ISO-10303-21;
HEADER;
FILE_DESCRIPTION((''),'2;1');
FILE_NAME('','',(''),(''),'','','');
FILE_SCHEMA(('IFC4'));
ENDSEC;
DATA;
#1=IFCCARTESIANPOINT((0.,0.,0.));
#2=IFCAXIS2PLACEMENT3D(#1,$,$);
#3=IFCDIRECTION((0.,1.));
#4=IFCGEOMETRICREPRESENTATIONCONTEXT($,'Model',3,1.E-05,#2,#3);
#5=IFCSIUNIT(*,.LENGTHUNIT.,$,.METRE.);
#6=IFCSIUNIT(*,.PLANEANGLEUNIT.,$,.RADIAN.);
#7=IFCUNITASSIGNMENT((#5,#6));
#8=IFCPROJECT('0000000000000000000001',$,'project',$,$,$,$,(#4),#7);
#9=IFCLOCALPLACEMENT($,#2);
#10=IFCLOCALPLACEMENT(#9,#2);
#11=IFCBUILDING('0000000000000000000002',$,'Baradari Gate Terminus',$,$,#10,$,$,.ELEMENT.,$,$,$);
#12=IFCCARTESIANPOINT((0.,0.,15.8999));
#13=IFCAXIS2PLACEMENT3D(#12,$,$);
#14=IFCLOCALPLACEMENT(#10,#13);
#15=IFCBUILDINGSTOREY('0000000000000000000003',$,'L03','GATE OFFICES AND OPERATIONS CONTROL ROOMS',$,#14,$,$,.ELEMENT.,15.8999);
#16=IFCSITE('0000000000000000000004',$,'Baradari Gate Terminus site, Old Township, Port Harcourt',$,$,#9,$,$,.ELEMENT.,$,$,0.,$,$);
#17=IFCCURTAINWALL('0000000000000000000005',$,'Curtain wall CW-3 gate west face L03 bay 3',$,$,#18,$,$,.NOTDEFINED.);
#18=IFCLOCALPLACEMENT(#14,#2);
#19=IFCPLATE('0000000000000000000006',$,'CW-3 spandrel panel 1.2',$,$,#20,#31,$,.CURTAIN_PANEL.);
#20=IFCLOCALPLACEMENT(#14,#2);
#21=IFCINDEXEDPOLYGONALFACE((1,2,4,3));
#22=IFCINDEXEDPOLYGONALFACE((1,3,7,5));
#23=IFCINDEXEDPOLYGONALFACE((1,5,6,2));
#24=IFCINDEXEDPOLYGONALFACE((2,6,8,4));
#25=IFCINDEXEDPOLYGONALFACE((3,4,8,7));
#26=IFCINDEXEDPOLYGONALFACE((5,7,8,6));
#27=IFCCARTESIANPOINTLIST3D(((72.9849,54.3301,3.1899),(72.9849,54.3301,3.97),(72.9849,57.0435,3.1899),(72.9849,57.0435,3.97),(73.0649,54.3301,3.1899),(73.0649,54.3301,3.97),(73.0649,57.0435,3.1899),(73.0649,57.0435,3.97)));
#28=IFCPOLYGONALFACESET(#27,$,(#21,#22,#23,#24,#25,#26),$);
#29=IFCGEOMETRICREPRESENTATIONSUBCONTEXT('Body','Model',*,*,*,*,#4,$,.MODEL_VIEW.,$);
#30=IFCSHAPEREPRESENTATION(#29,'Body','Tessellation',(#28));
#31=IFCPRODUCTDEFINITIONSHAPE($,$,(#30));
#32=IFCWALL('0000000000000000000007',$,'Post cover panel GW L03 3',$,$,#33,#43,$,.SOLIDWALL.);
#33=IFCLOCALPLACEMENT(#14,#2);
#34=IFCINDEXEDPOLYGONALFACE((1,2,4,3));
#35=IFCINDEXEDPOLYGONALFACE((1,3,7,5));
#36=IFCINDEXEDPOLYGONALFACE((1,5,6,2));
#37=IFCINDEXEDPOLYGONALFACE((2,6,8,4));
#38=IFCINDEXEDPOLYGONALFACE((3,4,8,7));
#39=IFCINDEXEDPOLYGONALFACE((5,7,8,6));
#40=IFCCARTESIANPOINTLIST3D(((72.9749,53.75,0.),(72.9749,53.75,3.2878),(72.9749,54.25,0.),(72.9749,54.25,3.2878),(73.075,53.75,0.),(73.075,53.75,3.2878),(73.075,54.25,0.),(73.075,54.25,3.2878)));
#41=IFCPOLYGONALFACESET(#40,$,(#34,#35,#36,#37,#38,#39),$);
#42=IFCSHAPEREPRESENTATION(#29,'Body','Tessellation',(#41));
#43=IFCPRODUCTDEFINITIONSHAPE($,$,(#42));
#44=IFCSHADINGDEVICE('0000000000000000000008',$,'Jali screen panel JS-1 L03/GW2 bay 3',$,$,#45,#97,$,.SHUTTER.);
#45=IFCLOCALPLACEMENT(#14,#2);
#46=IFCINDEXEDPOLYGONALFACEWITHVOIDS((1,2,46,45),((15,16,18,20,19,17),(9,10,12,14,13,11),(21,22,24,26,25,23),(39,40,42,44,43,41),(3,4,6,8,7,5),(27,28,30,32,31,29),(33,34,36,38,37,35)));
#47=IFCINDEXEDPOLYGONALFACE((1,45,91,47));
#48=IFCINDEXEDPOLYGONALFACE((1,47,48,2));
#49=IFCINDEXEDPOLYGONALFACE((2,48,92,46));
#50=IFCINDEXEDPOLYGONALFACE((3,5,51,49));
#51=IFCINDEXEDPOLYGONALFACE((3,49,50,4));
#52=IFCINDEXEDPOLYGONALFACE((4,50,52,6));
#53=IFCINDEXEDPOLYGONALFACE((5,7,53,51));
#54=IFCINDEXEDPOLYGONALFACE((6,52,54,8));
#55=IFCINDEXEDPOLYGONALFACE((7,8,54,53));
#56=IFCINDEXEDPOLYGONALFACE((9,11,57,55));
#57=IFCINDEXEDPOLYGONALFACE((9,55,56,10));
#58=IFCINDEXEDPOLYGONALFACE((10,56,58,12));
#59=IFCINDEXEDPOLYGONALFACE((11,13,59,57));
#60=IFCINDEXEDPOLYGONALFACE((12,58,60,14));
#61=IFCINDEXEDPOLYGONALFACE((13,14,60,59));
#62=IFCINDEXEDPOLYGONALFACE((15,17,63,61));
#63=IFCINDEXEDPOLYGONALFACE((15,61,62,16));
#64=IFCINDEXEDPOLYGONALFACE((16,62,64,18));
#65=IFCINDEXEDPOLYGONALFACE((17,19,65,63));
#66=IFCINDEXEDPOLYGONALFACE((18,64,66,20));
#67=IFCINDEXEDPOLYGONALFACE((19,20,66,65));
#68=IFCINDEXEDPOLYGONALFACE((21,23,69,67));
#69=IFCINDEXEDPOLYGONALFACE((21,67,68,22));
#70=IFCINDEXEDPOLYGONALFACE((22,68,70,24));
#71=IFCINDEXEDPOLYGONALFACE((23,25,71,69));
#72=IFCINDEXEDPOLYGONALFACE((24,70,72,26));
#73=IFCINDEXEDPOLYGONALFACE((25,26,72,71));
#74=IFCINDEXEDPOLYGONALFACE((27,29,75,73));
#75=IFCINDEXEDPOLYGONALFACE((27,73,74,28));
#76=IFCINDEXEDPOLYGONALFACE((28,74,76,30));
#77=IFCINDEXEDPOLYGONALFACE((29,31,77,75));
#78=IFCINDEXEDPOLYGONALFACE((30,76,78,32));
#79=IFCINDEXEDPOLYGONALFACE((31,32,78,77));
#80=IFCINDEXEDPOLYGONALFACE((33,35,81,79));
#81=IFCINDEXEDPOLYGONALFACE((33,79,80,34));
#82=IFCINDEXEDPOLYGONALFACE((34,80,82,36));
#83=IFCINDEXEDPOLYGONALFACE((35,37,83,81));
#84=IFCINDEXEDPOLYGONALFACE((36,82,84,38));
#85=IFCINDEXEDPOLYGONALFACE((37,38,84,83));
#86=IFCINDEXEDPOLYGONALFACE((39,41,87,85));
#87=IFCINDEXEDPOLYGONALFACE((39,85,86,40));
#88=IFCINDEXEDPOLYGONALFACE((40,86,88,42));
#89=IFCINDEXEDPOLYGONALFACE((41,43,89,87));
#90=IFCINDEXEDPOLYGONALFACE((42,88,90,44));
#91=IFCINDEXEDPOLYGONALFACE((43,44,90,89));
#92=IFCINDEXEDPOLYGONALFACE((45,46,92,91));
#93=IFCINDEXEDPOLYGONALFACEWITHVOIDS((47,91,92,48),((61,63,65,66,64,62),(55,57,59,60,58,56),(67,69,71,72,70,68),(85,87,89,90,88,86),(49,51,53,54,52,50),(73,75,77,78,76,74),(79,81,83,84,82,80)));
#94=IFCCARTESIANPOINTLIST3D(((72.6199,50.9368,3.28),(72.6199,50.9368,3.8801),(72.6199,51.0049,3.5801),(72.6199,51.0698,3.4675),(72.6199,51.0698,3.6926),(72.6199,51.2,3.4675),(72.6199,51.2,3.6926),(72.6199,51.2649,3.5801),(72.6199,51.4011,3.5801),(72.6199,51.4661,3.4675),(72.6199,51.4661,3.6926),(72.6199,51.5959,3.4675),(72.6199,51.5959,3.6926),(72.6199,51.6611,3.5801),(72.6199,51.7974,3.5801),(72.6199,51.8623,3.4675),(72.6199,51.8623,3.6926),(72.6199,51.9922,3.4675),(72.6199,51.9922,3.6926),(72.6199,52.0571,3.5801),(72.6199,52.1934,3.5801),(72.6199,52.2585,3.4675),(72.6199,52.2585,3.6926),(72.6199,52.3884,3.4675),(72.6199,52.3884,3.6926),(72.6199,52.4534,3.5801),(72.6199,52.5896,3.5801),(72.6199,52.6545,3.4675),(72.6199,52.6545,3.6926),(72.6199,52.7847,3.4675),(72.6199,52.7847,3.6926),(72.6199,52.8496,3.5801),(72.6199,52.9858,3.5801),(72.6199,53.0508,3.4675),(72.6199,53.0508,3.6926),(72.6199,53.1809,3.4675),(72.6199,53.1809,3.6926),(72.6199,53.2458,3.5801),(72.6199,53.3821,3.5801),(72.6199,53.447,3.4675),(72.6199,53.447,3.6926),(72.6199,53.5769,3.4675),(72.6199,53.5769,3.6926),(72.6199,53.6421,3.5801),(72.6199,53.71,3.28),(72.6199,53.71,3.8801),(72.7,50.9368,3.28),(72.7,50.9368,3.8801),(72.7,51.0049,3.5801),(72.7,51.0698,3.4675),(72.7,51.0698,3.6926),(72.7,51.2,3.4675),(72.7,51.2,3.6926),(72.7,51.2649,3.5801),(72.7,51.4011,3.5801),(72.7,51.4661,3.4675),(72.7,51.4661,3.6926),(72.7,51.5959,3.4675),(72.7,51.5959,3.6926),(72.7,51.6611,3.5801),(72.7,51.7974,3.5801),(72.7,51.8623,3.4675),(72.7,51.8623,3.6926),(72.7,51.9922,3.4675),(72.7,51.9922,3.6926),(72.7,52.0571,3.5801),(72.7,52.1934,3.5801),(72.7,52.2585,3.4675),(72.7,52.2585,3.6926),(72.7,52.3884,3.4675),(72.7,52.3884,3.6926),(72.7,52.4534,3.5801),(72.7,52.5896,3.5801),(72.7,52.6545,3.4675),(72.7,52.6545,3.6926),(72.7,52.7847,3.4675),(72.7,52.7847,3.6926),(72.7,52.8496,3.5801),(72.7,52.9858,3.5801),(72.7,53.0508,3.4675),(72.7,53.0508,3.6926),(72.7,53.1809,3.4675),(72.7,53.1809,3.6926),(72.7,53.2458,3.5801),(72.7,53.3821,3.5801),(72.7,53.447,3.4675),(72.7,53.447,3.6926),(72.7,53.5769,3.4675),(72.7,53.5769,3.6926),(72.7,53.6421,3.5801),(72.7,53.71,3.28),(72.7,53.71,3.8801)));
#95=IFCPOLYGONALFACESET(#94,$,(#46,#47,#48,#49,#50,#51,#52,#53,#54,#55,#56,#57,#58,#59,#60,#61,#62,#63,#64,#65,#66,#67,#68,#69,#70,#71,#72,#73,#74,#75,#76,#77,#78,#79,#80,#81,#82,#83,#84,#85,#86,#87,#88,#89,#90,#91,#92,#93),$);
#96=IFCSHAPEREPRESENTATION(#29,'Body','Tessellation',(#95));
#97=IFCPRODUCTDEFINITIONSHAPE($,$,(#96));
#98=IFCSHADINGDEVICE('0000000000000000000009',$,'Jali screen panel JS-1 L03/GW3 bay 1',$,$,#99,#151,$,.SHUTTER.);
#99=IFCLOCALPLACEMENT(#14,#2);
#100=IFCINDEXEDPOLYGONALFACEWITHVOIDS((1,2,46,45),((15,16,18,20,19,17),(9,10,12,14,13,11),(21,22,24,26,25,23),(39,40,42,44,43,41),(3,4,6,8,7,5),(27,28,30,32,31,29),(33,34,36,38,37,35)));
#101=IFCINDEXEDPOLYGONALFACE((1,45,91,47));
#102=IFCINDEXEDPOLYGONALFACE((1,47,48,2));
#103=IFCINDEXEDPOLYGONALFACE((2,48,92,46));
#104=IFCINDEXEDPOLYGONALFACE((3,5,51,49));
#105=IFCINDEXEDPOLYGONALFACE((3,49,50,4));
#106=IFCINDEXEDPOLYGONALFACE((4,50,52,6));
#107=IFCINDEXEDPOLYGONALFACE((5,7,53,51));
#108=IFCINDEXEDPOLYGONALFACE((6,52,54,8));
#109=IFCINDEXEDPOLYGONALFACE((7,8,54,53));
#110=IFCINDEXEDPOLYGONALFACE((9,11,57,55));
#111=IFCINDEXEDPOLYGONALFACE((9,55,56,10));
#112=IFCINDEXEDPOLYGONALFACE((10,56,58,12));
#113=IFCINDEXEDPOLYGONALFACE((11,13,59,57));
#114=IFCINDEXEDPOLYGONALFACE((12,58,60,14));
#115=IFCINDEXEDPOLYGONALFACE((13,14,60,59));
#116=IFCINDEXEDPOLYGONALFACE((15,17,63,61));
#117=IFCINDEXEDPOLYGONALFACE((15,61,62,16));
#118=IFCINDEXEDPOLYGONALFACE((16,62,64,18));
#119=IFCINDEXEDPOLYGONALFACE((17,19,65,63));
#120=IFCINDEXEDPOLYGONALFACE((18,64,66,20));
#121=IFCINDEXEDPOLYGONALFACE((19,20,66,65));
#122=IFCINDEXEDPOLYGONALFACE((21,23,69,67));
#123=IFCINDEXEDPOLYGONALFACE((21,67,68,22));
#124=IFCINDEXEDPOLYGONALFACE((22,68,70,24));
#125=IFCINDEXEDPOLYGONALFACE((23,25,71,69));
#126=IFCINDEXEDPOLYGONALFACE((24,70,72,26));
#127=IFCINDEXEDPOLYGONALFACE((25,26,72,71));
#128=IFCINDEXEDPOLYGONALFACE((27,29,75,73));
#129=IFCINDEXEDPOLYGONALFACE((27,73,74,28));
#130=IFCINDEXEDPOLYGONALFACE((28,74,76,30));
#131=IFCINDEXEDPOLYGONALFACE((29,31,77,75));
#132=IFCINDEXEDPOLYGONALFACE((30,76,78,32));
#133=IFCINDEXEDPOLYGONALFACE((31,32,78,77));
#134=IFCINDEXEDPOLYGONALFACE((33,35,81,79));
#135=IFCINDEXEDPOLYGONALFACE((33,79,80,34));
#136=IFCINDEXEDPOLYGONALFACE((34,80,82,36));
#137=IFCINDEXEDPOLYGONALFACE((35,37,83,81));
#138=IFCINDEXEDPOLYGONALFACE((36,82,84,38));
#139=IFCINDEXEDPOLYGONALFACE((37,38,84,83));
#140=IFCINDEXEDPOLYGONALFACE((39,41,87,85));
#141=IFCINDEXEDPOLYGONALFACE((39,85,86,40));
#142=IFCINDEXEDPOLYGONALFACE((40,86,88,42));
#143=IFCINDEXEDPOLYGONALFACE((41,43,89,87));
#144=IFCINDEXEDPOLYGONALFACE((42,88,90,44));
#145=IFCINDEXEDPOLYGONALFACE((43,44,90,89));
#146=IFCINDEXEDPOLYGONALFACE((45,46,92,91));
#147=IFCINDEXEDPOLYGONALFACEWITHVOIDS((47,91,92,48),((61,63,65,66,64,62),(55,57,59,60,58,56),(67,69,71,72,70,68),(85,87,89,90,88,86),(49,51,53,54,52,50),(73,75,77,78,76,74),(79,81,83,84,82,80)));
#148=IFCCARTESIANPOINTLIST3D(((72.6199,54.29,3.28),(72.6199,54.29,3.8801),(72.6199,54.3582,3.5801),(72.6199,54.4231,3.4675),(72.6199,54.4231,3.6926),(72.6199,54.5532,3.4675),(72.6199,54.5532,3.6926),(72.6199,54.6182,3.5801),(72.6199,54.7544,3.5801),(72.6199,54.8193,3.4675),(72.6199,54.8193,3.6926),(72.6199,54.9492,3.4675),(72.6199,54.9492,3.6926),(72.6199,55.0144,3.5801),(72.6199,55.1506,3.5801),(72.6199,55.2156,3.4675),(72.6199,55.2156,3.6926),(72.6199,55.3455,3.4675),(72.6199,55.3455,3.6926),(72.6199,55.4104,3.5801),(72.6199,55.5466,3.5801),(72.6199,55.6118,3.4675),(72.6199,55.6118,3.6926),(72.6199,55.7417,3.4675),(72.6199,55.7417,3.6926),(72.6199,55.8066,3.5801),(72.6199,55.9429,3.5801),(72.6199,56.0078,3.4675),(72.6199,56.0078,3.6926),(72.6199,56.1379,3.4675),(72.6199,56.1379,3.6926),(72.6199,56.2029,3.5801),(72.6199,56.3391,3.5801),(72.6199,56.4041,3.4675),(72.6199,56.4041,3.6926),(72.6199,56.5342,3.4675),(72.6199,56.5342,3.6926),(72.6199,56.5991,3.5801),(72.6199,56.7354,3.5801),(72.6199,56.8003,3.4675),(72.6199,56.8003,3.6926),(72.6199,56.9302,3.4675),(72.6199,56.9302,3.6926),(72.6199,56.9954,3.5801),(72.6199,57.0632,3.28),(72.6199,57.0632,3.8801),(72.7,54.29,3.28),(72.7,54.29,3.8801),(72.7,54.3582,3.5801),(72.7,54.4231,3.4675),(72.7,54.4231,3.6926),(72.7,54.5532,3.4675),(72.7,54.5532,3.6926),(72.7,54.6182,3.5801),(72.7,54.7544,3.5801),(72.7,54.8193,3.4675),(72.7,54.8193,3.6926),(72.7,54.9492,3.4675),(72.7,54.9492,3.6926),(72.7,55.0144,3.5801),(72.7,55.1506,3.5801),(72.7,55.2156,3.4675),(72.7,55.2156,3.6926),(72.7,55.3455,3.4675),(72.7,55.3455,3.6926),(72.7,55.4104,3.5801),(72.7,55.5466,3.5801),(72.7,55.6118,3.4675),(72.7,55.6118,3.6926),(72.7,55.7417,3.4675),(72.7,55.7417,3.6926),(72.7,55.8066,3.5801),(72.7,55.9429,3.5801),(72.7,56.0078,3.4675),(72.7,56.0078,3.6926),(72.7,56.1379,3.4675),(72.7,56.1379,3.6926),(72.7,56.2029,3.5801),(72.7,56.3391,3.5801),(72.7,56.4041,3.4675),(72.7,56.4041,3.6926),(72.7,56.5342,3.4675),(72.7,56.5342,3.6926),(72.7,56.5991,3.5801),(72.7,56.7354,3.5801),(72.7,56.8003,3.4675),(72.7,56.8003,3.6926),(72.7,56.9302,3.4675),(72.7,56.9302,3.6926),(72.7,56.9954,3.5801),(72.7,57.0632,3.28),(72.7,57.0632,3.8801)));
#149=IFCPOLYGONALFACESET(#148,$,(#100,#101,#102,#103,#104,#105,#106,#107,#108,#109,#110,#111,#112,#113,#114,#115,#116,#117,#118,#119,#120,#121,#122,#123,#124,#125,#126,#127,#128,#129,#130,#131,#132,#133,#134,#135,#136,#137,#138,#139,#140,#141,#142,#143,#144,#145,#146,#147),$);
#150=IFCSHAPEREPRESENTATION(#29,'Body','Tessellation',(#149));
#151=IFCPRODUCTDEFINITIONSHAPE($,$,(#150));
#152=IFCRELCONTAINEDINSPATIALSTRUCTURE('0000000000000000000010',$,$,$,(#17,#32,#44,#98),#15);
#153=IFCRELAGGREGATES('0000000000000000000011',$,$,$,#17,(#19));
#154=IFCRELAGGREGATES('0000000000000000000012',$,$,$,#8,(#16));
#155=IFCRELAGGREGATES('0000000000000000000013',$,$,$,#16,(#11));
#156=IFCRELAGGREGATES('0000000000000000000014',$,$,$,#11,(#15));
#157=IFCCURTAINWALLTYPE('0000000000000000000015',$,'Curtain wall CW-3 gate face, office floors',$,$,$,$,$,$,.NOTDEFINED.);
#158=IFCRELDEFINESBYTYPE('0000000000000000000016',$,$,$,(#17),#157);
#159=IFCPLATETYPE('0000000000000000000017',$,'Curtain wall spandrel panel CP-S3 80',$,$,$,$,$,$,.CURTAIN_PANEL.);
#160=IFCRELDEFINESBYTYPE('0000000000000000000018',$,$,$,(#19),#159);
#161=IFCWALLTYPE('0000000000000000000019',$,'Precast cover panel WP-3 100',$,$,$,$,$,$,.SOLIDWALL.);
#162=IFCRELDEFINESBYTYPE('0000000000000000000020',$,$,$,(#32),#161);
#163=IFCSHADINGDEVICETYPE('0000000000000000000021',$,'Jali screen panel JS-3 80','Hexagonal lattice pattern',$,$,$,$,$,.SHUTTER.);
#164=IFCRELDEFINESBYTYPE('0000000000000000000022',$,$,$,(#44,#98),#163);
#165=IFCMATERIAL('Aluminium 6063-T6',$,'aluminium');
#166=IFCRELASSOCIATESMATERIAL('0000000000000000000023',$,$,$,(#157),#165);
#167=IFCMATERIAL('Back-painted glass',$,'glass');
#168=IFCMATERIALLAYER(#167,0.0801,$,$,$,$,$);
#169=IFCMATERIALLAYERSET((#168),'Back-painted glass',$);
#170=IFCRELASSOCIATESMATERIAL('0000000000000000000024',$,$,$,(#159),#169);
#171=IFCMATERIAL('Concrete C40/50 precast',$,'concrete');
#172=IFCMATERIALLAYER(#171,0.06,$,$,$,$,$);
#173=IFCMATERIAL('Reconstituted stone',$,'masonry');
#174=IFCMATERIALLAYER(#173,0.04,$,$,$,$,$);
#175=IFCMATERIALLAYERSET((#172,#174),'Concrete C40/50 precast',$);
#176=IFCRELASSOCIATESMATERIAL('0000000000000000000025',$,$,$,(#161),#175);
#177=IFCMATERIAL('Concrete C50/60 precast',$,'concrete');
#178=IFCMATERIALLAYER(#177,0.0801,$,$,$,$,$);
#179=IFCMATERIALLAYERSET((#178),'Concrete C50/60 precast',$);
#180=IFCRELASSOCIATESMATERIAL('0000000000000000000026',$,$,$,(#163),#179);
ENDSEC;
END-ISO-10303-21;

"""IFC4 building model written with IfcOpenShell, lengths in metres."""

from ifc_helpers import new_model, si_unit, direction, frame, frame_2d, origin, origin_2d, place, context, subcontext, project, spatial, polyline, rectangle, outline, extrude, material, layer, layer_set, type_object, element, aggregate, save


model = new_model("IFC4")

# Units and contexts
model_context = context("Model", 3, precision=1e-05, world=origin(), true_north=direction((0.0, 1.0)))
body_context = subcontext(model_context, "Body", "Model", "MODEL_VIEW")
ifc_project = project(units=[si_unit("LENGTHUNIT", "METRE"), si_unit("PLANEANGLEUNIT", "RADIAN")], contexts=[model_context])

# Site, building, storey
site_placement = place(None, origin())
site = spatial("IfcSite", under=ifc_project, at=site_placement, Name="Baradari Gate Terminus site, Old Township, Port Harcourt", CompositionType="ELEMENT", RefElevation=0.0)
building_placement = place(site_placement, origin())
building = spatial("IfcBuilding", under=site, at=building_placement, Name="Baradari Gate Terminus", CompositionType="ELEMENT")
storey_placement = place(building_placement, frame((0.0, 0.0, 15.8999)))
storey = spatial("IfcBuildingStorey", under=building, at=storey_placement, Name="L03", Description="GATE OFFICES AND OPERATIONS CONTROL ROOMS", CompositionType="ELEMENT", Elevation=15.8999)

# Curtain wall
ifc_material_1 = material(Name="Aluminium 6063-T6", Category="aluminium")
curtain_wall_type = type_object("IfcCurtainWallType", Name="Curtain wall CW-3 gate face, office floors", PredefinedType="NOTDEFINED", material=ifc_material_1)
curtain_wall_1_placement = place(storey_placement, origin())
curtain_wall_1 = element("IfcCurtainWall", 1, at=curtain_wall_1_placement, inside=storey, type_object=curtain_wall_type, Name="Curtain wall CW-3 gate west face L03 bay 3", PredefinedType="NOTDEFINED")

# Plate
ifc_material_2 = material(Name="Back-painted glass", Category="glass")
ifc_layer_1 = layer(ifc_material_2, 0.0801)
ifc_layer_set_1 = layer_set([ifc_layer_1], Name="Back-painted glass")
plate_type_1 = type_object("IfcPlateType", Name="Curtain wall spandrel panel CP-S3 80", PredefinedType="CURTAIN_PANEL", material=ifc_layer_set_1)
plate_1_placement = place(storey_placement, frame((73.0249, 55.6868, 3.1899), z_axis=(0.0, 0.0, 1.0), x_axis=(0.0, 1.0, 0.0)))
plate_1 = element("IfcPlate", 2, at=plate_1_placement, type_object=plate_type_1, Name="CW-3 spandrel panel 1.2", PredefinedType="CURTAIN_PANEL", context=body_context, shape_type="SweptSolid", body=[
    extrude(rectangle(XDim=2.7134, YDim=0.0801, at=origin_2d()), origin(), (0.0, 0.0, 1.0), 0.78),
])
aggregate(curtain_wall_1, [plate_1])

# Wall
ifc_material_3 = material(Name="Concrete C40/50 precast", Category="concrete")
ifc_layer_2 = layer(ifc_material_3, 0.06)
ifc_material_4 = material(Name="Reconstituted stone", Category="masonry")
ifc_layer_3 = layer(ifc_material_4, 0.04)
ifc_layer_set_2 = layer_set([ifc_layer_2, ifc_layer_3], Name="Concrete C40/50 precast")
wall_type = type_object("IfcWallType", Name="Precast cover panel WP-3 100", PredefinedType="SOLIDWALL", material=ifc_layer_set_2)
wall_placement = place(storey_placement, frame((73.0249, 53.75, 0.0), z_axis=(0.0, 0.0, 1.0), x_axis=(0.0, 1.0, 0.0)))
element("IfcWall", 3, at=wall_placement, inside=storey, type_object=wall_type, Name="Post cover panel GW L03 3", PredefinedType="SOLIDWALL", context=body_context, shape_type="SweptSolid", body=[
    extrude(rectangle(XDim=0.5, YDim=0.1001, at=frame_2d((0.25, 0.0))), origin(), (0.0, 0.0, 1.0), 3.2878),
])

# Shading devices
ifc_material_5 = material(Name="Concrete C50/60 precast", Category="concrete")
ifc_layer_4 = layer(ifc_material_5, 0.0801)
ifc_layer_set_3 = layer_set([ifc_layer_4], Name="Concrete C50/60 precast")
shading_device_type = type_object("IfcShadingDeviceType", Name="Jali screen panel JS-3 80", Description="Hexagonal lattice pattern", PredefinedType="SHUTTER", material=ifc_layer_set_3)
shading_device_1_placement = place(storey_placement, frame((72.6599, 50.9368, 3.28), z_axis=(0.0, 0.0, 1.0), x_axis=(0.0, 1.0, 0.0)))
element("IfcShadingDevice", 4, at=shading_device_1_placement, inside=storey, type_object=shading_device_type, Name="Jali screen panel JS-1 L03/GW2 bay 3", PredefinedType="SHUTTER", context=body_context, shape_type="SweptSolid", body=[
    extrude(outline(polyline([(0.0, 0.0), (2.7732, 0.0), (2.7732, 0.6001), (0.0, 0.6001), (0.0, 0.0)]), holes=[polyline([(0.3281, 0.3), (0.2632, 0.1875), (0.1331, 0.1875), (0.0681, 0.3), (0.1331, 0.4126), (0.2632, 0.4126), (0.3281, 0.3)]), polyline([(0.7244, 0.3), (0.6592, 0.1875), (0.5293, 0.1875), (0.4644, 0.3), (0.5293, 0.4126), (0.6592, 0.4126), (0.7244, 0.3)]), polyline([(1.1204, 0.3), (1.0554, 0.1875), (0.9255, 0.1875), (0.8606, 0.3), (0.9255, 0.4126), (1.0554, 0.4126), (1.1204, 0.3)]), polyline([(1.5166, 0.3), (1.4517, 0.1875), (1.3218, 0.1875), (1.2566, 0.3), (1.3218, 0.4126), (1.4517, 0.4126), (1.5166, 0.3)]), polyline([(1.9128, 0.3), (1.8479, 0.1875), (1.7178, 0.1875), (1.6528, 0.3), (1.7178, 0.4126), (1.8479, 0.4126), (1.9128, 0.3)]), polyline([(2.3091, 0.3), (2.2441, 0.1875), (2.114, 0.1875), (2.0491, 0.3), (2.114, 0.4126), (2.2441, 0.4126), (2.3091, 0.3)]), polyline([(2.7053, 0.3), (2.6401, 0.1875), (2.5103, 0.1875), (2.4453, 0.3), (2.5103, 0.4126), (2.6401, 0.4126), (2.7053, 0.3)])]), frame((0.0, 0.04, 0.0), z_axis=(0.0, -1.0, 0.0), x_axis=(1.0, 0.0, 0.0)), (0.0, 0.0, 1.0), 0.0801),
])
shading_device_2_placement = place(storey_placement, frame((72.6599, 54.29, 3.28), z_axis=(0.0, 0.0, 1.0), x_axis=(0.0, 1.0, 0.0)))
element("IfcShadingDevice", 5, at=shading_device_2_placement, inside=storey, type_object=shading_device_type, Name="Jali screen panel JS-1 L03/GW3 bay 1", PredefinedType="SHUTTER", context=body_context, shape_type="SweptSolid", body=[
    extrude(outline(polyline([(0.0, 0.0), (2.7732, 0.0), (2.7732, 0.6001), (0.0, 0.6001), (0.0, 0.0)]), holes=[polyline([(0.3281, 0.3), (0.2632, 0.1875), (0.1331, 0.1875), (0.0681, 0.3), (0.1331, 0.4126), (0.2632, 0.4126), (0.3281, 0.3)]), polyline([(0.7244, 0.3), (0.6592, 0.1875), (0.5293, 0.1875), (0.4644, 0.3), (0.5293, 0.4126), (0.6592, 0.4126), (0.7244, 0.3)]), polyline([(1.1204, 0.3), (1.0554, 0.1875), (0.9255, 0.1875), (0.8606, 0.3), (0.9255, 0.4126), (1.0554, 0.4126), (1.1204, 0.3)]), polyline([(1.5166, 0.3), (1.4517, 0.1875), (1.3218, 0.1875), (1.2566, 0.3), (1.3218, 0.4126), (1.4517, 0.4126), (1.5166, 0.3)]), polyline([(1.9128, 0.3), (1.8479, 0.1875), (1.7178, 0.1875), (1.6528, 0.3), (1.7178, 0.4126), (1.8479, 0.4126), (1.9128, 0.3)]), polyline([(2.3091, 0.3), (2.2441, 0.1875), (2.114, 0.1875), (2.0491, 0.3), (2.114, 0.4126), (2.2441, 0.4126), (2.3091, 0.3)]), polyline([(2.7053, 0.3), (2.6401, 0.1875), (2.5103, 0.1875), (2.4453, 0.3), (2.5103, 0.4126), (2.6401, 0.4126), (2.7053, 0.3)])]), frame((0.0, 0.04, 0.0), z_axis=(0.0, -1.0, 0.0), x_axis=(1.0, 0.0, 0.0)), (0.0, 0.0, 1.0), 0.0801),
])

save(model, "model.ifc")
